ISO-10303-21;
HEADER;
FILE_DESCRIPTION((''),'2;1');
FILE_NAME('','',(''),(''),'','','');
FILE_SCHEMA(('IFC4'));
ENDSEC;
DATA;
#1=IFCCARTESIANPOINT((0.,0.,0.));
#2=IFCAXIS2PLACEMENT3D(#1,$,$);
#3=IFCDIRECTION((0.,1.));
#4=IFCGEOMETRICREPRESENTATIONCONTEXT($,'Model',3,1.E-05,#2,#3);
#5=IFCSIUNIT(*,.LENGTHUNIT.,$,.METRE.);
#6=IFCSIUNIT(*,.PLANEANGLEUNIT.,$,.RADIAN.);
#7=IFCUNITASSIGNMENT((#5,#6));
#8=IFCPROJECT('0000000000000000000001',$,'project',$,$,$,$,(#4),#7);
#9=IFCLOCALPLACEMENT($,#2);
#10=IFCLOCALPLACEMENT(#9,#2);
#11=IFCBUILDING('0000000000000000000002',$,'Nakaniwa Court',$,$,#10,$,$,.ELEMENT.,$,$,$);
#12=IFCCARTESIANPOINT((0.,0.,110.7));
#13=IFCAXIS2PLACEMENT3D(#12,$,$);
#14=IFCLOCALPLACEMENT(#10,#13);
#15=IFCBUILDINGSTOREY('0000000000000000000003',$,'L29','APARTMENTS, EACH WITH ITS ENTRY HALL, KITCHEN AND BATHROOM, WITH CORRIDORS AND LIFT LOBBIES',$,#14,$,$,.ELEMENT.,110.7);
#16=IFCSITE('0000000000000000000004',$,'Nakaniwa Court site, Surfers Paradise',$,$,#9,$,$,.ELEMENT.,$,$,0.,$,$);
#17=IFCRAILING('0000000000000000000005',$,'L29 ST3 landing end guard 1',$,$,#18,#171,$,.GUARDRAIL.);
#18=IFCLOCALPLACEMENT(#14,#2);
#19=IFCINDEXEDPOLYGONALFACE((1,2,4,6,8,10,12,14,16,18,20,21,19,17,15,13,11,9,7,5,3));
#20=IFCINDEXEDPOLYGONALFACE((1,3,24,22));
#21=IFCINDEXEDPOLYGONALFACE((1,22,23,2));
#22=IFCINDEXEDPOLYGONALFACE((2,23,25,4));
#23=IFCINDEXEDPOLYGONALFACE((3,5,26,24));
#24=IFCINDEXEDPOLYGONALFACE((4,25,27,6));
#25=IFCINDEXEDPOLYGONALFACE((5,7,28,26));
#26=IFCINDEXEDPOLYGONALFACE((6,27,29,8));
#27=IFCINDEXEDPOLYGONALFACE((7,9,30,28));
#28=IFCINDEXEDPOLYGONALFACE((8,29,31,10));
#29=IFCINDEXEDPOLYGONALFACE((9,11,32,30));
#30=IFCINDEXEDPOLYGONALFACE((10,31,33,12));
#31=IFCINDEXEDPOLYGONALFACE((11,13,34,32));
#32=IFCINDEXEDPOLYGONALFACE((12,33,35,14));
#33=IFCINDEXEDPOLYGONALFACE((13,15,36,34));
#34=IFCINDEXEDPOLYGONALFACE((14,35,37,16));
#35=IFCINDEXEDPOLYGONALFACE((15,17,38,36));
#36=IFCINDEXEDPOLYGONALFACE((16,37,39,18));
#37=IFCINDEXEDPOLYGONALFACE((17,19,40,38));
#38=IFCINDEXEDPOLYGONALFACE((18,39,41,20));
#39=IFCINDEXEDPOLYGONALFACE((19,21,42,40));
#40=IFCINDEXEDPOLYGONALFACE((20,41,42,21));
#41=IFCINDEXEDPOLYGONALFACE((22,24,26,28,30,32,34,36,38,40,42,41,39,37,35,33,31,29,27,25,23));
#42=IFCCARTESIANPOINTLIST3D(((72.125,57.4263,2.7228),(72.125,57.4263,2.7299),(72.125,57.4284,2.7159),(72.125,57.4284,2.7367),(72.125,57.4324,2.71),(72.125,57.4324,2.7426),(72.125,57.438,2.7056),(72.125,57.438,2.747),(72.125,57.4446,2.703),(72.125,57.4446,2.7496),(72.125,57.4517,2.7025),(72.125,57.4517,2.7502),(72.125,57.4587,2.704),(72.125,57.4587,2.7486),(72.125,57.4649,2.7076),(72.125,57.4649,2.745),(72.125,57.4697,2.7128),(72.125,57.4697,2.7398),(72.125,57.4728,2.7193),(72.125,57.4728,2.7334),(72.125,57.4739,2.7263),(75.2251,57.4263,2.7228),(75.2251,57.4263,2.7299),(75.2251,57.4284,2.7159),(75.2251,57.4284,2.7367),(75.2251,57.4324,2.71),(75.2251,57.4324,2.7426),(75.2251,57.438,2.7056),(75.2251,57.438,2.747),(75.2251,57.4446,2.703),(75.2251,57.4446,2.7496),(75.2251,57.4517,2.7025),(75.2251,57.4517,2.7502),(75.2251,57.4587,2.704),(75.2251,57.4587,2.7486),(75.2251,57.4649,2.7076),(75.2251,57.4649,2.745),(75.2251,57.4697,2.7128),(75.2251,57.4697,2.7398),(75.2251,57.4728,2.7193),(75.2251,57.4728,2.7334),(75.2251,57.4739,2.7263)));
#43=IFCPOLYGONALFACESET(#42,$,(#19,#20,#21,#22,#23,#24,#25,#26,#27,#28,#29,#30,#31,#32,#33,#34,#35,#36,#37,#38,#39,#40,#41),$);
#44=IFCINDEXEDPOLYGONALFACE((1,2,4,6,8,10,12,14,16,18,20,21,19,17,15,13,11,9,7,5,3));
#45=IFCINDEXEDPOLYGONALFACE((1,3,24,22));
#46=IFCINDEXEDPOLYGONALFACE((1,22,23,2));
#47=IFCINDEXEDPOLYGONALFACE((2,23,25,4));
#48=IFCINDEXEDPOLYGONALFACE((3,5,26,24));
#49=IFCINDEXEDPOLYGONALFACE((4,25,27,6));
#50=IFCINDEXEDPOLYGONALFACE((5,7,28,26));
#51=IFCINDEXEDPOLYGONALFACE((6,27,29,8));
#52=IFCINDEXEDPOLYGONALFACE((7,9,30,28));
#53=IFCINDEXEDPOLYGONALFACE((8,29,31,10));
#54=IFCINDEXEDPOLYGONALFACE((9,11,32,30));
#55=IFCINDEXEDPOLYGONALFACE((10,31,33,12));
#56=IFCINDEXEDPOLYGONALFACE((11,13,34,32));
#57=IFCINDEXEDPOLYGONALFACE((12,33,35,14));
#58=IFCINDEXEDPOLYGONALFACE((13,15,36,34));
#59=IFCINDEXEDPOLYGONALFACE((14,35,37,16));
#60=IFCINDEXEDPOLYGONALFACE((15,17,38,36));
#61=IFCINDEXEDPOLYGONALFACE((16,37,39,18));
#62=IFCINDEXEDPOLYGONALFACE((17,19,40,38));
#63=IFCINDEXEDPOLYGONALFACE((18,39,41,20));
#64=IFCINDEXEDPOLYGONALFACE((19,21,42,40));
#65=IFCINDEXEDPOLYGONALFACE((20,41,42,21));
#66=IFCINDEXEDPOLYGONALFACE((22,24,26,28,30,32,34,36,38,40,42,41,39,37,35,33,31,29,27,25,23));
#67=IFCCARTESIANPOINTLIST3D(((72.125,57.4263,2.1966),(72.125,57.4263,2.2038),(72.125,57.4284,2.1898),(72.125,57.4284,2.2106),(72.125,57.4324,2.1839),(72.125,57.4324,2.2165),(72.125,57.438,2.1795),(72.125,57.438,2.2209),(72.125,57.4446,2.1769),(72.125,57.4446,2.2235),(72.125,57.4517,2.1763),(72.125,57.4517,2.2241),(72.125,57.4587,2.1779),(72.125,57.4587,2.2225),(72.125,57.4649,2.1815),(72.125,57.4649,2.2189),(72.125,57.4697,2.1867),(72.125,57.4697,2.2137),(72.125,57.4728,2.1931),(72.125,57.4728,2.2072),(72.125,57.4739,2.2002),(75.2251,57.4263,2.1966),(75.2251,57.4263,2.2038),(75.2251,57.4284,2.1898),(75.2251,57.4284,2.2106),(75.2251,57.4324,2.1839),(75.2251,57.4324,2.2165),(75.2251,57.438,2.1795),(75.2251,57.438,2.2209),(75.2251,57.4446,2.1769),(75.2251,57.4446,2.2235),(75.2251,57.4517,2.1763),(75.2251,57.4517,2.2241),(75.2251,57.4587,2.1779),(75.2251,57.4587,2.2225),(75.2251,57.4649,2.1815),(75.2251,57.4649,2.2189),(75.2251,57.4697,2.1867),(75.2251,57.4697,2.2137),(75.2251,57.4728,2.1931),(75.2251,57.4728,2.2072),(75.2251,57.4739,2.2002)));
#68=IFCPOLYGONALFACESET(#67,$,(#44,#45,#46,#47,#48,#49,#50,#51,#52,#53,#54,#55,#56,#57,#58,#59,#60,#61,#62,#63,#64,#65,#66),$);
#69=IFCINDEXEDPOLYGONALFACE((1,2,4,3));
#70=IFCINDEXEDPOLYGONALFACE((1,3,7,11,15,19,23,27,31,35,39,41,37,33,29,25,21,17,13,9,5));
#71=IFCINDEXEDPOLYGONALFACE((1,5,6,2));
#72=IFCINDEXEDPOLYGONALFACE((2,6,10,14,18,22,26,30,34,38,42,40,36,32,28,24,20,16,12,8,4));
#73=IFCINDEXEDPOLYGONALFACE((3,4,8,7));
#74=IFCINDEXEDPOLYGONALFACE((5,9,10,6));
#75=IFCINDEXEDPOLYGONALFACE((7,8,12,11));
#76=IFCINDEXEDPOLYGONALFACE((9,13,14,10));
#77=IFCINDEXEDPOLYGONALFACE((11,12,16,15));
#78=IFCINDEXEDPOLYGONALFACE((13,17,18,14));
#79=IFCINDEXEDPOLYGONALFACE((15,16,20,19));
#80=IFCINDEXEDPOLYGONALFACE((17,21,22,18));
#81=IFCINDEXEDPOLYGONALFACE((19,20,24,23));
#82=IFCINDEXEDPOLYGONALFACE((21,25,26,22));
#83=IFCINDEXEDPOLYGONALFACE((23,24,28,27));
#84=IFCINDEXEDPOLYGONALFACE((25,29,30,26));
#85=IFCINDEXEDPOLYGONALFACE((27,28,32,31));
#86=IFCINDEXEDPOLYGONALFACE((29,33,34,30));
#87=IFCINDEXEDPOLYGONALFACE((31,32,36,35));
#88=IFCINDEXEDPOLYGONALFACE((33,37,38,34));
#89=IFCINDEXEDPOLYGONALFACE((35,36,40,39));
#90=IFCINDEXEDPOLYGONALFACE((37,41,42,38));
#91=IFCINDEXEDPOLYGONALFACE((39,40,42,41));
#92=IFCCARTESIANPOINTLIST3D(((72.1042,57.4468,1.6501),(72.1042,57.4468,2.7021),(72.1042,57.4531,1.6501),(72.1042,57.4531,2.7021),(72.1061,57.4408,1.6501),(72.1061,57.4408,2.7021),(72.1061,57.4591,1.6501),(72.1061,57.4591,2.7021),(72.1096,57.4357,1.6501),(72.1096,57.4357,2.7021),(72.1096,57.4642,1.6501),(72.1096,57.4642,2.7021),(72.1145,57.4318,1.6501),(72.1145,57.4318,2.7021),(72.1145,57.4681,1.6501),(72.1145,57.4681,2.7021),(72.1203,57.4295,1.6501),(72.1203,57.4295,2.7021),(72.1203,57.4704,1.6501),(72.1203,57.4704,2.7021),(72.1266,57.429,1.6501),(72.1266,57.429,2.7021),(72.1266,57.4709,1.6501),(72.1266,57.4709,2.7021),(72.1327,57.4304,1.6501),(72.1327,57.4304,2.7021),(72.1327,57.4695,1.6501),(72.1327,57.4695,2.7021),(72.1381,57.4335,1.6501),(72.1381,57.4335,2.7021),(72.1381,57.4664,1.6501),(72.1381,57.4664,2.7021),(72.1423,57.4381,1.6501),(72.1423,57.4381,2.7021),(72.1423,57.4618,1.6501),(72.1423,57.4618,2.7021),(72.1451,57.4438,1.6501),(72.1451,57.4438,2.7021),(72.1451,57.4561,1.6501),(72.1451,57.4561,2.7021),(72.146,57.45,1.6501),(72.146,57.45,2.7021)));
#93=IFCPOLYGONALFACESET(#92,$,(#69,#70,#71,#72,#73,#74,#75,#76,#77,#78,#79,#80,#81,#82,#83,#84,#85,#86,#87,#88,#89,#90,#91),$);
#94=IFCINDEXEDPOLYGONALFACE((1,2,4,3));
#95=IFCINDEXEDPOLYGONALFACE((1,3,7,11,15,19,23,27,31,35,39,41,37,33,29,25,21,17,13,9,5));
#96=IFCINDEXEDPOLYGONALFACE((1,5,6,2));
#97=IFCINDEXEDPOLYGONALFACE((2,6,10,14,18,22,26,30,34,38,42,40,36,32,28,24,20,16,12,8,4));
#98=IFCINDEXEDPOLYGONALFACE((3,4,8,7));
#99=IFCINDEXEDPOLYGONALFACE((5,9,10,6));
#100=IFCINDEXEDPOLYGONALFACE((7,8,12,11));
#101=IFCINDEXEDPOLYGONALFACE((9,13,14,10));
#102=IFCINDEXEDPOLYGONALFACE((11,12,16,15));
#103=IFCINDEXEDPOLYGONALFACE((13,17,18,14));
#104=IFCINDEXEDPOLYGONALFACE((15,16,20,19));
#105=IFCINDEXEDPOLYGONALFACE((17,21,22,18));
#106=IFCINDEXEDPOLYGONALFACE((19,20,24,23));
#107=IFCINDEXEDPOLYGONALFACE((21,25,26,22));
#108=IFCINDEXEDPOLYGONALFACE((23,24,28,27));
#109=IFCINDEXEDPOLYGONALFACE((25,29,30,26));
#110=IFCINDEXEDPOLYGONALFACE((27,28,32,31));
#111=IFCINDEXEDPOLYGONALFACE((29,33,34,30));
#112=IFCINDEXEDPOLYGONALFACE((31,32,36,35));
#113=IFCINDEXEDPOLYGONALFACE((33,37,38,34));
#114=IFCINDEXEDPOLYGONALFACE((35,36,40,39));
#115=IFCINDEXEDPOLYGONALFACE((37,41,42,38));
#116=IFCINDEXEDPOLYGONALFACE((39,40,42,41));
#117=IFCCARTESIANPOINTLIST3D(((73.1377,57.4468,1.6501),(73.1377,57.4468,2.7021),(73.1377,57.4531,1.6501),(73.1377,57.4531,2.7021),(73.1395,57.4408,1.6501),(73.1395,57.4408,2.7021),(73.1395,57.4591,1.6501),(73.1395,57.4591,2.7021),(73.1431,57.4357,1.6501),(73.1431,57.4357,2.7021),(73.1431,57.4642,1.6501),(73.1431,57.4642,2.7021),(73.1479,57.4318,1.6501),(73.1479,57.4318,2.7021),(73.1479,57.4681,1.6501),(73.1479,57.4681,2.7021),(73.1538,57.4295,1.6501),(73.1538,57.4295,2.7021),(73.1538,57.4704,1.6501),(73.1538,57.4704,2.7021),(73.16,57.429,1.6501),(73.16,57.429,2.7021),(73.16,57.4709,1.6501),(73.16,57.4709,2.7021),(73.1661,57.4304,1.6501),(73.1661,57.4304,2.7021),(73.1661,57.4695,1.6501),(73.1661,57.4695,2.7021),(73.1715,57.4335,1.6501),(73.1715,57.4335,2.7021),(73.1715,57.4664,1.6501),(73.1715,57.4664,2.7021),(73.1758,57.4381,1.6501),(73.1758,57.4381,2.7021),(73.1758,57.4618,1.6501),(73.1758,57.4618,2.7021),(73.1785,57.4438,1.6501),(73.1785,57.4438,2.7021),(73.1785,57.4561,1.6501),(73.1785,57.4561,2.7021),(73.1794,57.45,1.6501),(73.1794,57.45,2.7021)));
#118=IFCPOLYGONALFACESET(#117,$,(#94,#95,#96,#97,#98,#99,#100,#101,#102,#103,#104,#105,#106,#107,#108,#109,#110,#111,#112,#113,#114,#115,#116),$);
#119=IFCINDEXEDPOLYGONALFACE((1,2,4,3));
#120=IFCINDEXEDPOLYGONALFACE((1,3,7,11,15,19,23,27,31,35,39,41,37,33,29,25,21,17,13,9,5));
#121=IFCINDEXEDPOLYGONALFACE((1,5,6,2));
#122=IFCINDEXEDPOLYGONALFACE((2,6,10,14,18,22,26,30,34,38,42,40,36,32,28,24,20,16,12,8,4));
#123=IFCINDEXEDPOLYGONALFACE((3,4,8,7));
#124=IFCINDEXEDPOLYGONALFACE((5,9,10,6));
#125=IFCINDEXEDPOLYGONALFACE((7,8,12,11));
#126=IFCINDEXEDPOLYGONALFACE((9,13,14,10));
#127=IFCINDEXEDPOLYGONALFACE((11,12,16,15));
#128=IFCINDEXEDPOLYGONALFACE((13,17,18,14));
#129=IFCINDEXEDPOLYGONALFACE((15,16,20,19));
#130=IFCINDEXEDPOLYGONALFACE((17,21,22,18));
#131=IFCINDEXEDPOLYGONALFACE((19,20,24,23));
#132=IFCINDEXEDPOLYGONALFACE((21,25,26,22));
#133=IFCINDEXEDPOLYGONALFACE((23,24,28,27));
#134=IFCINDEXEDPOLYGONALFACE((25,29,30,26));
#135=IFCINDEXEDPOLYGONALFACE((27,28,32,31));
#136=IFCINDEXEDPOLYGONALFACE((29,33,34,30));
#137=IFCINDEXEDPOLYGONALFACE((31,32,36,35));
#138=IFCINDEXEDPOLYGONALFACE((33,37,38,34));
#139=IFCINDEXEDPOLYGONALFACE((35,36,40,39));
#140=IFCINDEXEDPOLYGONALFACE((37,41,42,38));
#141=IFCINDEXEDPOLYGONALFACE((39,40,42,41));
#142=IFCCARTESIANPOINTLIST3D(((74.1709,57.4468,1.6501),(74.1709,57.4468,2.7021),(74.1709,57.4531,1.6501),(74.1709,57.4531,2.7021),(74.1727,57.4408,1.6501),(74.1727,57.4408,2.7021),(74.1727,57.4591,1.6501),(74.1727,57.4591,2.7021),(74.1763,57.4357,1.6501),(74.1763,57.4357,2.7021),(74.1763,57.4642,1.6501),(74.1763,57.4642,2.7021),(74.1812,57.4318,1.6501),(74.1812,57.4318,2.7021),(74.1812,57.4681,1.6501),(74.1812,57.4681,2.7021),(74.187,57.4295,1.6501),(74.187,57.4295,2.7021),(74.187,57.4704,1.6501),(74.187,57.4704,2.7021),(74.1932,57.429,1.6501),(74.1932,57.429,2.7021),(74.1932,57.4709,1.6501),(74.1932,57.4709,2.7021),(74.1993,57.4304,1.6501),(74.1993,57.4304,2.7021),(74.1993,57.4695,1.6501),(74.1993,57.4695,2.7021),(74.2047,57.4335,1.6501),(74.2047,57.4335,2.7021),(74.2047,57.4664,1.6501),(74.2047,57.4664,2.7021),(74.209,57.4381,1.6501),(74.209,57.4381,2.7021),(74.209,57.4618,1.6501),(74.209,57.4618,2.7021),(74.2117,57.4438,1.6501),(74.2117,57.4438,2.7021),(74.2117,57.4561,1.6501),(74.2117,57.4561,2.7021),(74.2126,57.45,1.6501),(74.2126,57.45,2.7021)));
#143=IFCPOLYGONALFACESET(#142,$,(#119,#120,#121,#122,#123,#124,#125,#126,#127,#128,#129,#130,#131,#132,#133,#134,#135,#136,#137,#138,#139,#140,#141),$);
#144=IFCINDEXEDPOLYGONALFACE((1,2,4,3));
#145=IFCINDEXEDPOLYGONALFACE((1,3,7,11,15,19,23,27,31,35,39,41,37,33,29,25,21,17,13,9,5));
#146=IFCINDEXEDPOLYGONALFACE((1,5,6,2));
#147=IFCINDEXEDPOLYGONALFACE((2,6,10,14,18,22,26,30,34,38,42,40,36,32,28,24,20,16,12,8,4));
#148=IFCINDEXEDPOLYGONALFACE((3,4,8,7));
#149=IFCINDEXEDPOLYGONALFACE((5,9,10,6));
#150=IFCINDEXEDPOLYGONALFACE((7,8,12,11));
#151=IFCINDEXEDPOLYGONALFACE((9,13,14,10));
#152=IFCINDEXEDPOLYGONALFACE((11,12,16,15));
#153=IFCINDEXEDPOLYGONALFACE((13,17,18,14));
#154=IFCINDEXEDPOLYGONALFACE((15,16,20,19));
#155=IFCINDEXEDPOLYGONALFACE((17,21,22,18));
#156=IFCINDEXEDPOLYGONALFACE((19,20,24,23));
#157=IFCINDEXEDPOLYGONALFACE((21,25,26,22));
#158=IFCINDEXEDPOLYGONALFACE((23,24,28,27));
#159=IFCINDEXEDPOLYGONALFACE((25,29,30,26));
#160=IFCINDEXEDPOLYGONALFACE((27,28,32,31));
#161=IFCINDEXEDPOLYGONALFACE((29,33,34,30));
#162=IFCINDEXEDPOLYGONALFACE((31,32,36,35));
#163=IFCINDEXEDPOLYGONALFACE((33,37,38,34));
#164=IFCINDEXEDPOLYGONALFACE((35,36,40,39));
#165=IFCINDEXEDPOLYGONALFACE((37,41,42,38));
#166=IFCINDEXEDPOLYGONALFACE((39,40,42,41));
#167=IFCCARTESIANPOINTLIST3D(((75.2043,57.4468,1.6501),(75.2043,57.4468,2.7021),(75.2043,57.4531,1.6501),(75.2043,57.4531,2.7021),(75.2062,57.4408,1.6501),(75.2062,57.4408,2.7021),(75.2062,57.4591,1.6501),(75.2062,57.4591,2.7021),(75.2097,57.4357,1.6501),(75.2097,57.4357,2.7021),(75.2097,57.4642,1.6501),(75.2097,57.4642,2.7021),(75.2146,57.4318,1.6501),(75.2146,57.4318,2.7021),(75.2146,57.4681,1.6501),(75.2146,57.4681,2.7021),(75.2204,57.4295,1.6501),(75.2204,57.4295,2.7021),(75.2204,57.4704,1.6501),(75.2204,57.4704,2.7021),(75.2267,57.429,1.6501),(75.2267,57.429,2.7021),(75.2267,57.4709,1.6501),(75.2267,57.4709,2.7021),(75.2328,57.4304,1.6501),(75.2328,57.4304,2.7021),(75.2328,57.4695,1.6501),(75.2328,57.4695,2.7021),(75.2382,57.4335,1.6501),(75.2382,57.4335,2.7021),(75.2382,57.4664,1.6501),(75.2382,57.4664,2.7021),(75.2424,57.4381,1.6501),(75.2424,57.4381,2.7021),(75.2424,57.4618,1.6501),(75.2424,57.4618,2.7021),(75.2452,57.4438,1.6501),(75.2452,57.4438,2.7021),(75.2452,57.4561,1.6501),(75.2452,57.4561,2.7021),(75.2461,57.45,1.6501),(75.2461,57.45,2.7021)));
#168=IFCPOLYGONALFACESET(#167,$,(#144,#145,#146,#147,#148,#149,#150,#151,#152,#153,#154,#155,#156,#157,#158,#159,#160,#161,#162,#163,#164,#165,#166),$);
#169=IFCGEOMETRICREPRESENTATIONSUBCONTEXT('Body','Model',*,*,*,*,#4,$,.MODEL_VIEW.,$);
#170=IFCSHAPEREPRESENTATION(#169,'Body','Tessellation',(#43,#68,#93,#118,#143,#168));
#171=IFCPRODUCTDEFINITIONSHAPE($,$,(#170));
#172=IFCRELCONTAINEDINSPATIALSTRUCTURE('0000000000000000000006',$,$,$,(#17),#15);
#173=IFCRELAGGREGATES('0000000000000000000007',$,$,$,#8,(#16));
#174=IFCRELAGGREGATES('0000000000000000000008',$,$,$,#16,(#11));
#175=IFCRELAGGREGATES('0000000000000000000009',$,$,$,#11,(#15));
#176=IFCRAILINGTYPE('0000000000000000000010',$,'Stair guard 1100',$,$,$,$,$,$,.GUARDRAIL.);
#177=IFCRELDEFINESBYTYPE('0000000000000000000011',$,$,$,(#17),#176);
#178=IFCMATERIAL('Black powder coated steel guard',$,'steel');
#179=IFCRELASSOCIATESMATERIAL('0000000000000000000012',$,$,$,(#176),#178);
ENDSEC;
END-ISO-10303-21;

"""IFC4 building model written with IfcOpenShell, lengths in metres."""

from ifc_helpers import new_model, si_unit, direction, frame, origin, origin_2d, place, context, subcontext, project, spatial, circle, extrude, material, type_object, element, save


model = new_model("IFC4")

# Units and contexts
model_context = context("Model", 3, precision=1e-05, world=origin(), true_north=direction((0.0, 1.0)))
body_context = subcontext(model_context, "Body", "Model", "MODEL_VIEW")
ifc_project = project(units=[si_unit("LENGTHUNIT", "METRE"), si_unit("PLANEANGLEUNIT", "RADIAN")], contexts=[model_context])

# Site, building, storey
site_placement = place(None, origin())
site = spatial("IfcSite", under=ifc_project, at=site_placement, Name="Nakaniwa Court site, Surfers Paradise", CompositionType="ELEMENT", RefElevation=0.0)
building_placement = place(site_placement, origin())
building = spatial("IfcBuilding", under=site, at=building_placement, Name="Nakaniwa Court", CompositionType="ELEMENT")
storey_placement = place(building_placement, frame((0.0, 0.0, 110.7)))
storey = spatial("IfcBuildingStorey", under=building, at=storey_placement, Name="L29", Description="APARTMENTS, EACH WITH ITS ENTRY HALL, KITCHEN AND BATHROOM, WITH CORRIDORS AND LIFT LOBBIES", CompositionType="ELEMENT", Elevation=110.7)

# Railing
ifc_material_1 = material(Name="Black powder coated steel guard", Category="steel")
railing_type_1 = type_object("IfcRailingType", Name="Stair guard 1100", PredefinedType="GUARDRAIL", material=ifc_material_1)
railing_1_placement = place(storey_placement, frame((72.125, 57.45, 1.6501)))
element("IfcRailing", 1, at=railing_1_placement, inside=storey, type_object=railing_type_1, Name="L29 ST3 landing end guard 1", PredefinedType="GUARDRAIL", context=body_context, shape_type="SweptSolid", body=[
    extrude(circle(Radius=0.0239, at=origin_2d()), frame((0.0, 0.0, 1.0762), z_axis=(1.0, 0.0, 0.0), x_axis=(0.0, 1.0, 0.0)), (0.0, 0.0, 1.0), 3.1001),
    extrude(circle(Radius=0.0239, at=origin_2d()), frame((0.0, 0.0, 0.55), z_axis=(1.0, 0.0, 0.0), x_axis=(0.0, 1.0, 0.0)), (0.0, 0.0, 1.0), 3.1001),
    extrude(circle(Radius=0.021, at=origin_2d()), origin(), (0.0, 0.0, 1.0), 1.052),
    extrude(circle(Radius=0.021, at=origin_2d()), frame((1.0334, 0.0, 0.0)), (0.0, 0.0, 1.0), 1.052),
    extrude(circle(Radius=0.021, at=origin_2d()), frame((2.0667, 0.0, 0.0)), (0.0, 0.0, 1.0), 1.052),
    extrude(circle(Radius=0.021, at=origin_2d()), frame((3.1001, 0.0, 0.0)), (0.0, 0.0, 1.0), 1.052),
])

save(model, "model.ifc")
